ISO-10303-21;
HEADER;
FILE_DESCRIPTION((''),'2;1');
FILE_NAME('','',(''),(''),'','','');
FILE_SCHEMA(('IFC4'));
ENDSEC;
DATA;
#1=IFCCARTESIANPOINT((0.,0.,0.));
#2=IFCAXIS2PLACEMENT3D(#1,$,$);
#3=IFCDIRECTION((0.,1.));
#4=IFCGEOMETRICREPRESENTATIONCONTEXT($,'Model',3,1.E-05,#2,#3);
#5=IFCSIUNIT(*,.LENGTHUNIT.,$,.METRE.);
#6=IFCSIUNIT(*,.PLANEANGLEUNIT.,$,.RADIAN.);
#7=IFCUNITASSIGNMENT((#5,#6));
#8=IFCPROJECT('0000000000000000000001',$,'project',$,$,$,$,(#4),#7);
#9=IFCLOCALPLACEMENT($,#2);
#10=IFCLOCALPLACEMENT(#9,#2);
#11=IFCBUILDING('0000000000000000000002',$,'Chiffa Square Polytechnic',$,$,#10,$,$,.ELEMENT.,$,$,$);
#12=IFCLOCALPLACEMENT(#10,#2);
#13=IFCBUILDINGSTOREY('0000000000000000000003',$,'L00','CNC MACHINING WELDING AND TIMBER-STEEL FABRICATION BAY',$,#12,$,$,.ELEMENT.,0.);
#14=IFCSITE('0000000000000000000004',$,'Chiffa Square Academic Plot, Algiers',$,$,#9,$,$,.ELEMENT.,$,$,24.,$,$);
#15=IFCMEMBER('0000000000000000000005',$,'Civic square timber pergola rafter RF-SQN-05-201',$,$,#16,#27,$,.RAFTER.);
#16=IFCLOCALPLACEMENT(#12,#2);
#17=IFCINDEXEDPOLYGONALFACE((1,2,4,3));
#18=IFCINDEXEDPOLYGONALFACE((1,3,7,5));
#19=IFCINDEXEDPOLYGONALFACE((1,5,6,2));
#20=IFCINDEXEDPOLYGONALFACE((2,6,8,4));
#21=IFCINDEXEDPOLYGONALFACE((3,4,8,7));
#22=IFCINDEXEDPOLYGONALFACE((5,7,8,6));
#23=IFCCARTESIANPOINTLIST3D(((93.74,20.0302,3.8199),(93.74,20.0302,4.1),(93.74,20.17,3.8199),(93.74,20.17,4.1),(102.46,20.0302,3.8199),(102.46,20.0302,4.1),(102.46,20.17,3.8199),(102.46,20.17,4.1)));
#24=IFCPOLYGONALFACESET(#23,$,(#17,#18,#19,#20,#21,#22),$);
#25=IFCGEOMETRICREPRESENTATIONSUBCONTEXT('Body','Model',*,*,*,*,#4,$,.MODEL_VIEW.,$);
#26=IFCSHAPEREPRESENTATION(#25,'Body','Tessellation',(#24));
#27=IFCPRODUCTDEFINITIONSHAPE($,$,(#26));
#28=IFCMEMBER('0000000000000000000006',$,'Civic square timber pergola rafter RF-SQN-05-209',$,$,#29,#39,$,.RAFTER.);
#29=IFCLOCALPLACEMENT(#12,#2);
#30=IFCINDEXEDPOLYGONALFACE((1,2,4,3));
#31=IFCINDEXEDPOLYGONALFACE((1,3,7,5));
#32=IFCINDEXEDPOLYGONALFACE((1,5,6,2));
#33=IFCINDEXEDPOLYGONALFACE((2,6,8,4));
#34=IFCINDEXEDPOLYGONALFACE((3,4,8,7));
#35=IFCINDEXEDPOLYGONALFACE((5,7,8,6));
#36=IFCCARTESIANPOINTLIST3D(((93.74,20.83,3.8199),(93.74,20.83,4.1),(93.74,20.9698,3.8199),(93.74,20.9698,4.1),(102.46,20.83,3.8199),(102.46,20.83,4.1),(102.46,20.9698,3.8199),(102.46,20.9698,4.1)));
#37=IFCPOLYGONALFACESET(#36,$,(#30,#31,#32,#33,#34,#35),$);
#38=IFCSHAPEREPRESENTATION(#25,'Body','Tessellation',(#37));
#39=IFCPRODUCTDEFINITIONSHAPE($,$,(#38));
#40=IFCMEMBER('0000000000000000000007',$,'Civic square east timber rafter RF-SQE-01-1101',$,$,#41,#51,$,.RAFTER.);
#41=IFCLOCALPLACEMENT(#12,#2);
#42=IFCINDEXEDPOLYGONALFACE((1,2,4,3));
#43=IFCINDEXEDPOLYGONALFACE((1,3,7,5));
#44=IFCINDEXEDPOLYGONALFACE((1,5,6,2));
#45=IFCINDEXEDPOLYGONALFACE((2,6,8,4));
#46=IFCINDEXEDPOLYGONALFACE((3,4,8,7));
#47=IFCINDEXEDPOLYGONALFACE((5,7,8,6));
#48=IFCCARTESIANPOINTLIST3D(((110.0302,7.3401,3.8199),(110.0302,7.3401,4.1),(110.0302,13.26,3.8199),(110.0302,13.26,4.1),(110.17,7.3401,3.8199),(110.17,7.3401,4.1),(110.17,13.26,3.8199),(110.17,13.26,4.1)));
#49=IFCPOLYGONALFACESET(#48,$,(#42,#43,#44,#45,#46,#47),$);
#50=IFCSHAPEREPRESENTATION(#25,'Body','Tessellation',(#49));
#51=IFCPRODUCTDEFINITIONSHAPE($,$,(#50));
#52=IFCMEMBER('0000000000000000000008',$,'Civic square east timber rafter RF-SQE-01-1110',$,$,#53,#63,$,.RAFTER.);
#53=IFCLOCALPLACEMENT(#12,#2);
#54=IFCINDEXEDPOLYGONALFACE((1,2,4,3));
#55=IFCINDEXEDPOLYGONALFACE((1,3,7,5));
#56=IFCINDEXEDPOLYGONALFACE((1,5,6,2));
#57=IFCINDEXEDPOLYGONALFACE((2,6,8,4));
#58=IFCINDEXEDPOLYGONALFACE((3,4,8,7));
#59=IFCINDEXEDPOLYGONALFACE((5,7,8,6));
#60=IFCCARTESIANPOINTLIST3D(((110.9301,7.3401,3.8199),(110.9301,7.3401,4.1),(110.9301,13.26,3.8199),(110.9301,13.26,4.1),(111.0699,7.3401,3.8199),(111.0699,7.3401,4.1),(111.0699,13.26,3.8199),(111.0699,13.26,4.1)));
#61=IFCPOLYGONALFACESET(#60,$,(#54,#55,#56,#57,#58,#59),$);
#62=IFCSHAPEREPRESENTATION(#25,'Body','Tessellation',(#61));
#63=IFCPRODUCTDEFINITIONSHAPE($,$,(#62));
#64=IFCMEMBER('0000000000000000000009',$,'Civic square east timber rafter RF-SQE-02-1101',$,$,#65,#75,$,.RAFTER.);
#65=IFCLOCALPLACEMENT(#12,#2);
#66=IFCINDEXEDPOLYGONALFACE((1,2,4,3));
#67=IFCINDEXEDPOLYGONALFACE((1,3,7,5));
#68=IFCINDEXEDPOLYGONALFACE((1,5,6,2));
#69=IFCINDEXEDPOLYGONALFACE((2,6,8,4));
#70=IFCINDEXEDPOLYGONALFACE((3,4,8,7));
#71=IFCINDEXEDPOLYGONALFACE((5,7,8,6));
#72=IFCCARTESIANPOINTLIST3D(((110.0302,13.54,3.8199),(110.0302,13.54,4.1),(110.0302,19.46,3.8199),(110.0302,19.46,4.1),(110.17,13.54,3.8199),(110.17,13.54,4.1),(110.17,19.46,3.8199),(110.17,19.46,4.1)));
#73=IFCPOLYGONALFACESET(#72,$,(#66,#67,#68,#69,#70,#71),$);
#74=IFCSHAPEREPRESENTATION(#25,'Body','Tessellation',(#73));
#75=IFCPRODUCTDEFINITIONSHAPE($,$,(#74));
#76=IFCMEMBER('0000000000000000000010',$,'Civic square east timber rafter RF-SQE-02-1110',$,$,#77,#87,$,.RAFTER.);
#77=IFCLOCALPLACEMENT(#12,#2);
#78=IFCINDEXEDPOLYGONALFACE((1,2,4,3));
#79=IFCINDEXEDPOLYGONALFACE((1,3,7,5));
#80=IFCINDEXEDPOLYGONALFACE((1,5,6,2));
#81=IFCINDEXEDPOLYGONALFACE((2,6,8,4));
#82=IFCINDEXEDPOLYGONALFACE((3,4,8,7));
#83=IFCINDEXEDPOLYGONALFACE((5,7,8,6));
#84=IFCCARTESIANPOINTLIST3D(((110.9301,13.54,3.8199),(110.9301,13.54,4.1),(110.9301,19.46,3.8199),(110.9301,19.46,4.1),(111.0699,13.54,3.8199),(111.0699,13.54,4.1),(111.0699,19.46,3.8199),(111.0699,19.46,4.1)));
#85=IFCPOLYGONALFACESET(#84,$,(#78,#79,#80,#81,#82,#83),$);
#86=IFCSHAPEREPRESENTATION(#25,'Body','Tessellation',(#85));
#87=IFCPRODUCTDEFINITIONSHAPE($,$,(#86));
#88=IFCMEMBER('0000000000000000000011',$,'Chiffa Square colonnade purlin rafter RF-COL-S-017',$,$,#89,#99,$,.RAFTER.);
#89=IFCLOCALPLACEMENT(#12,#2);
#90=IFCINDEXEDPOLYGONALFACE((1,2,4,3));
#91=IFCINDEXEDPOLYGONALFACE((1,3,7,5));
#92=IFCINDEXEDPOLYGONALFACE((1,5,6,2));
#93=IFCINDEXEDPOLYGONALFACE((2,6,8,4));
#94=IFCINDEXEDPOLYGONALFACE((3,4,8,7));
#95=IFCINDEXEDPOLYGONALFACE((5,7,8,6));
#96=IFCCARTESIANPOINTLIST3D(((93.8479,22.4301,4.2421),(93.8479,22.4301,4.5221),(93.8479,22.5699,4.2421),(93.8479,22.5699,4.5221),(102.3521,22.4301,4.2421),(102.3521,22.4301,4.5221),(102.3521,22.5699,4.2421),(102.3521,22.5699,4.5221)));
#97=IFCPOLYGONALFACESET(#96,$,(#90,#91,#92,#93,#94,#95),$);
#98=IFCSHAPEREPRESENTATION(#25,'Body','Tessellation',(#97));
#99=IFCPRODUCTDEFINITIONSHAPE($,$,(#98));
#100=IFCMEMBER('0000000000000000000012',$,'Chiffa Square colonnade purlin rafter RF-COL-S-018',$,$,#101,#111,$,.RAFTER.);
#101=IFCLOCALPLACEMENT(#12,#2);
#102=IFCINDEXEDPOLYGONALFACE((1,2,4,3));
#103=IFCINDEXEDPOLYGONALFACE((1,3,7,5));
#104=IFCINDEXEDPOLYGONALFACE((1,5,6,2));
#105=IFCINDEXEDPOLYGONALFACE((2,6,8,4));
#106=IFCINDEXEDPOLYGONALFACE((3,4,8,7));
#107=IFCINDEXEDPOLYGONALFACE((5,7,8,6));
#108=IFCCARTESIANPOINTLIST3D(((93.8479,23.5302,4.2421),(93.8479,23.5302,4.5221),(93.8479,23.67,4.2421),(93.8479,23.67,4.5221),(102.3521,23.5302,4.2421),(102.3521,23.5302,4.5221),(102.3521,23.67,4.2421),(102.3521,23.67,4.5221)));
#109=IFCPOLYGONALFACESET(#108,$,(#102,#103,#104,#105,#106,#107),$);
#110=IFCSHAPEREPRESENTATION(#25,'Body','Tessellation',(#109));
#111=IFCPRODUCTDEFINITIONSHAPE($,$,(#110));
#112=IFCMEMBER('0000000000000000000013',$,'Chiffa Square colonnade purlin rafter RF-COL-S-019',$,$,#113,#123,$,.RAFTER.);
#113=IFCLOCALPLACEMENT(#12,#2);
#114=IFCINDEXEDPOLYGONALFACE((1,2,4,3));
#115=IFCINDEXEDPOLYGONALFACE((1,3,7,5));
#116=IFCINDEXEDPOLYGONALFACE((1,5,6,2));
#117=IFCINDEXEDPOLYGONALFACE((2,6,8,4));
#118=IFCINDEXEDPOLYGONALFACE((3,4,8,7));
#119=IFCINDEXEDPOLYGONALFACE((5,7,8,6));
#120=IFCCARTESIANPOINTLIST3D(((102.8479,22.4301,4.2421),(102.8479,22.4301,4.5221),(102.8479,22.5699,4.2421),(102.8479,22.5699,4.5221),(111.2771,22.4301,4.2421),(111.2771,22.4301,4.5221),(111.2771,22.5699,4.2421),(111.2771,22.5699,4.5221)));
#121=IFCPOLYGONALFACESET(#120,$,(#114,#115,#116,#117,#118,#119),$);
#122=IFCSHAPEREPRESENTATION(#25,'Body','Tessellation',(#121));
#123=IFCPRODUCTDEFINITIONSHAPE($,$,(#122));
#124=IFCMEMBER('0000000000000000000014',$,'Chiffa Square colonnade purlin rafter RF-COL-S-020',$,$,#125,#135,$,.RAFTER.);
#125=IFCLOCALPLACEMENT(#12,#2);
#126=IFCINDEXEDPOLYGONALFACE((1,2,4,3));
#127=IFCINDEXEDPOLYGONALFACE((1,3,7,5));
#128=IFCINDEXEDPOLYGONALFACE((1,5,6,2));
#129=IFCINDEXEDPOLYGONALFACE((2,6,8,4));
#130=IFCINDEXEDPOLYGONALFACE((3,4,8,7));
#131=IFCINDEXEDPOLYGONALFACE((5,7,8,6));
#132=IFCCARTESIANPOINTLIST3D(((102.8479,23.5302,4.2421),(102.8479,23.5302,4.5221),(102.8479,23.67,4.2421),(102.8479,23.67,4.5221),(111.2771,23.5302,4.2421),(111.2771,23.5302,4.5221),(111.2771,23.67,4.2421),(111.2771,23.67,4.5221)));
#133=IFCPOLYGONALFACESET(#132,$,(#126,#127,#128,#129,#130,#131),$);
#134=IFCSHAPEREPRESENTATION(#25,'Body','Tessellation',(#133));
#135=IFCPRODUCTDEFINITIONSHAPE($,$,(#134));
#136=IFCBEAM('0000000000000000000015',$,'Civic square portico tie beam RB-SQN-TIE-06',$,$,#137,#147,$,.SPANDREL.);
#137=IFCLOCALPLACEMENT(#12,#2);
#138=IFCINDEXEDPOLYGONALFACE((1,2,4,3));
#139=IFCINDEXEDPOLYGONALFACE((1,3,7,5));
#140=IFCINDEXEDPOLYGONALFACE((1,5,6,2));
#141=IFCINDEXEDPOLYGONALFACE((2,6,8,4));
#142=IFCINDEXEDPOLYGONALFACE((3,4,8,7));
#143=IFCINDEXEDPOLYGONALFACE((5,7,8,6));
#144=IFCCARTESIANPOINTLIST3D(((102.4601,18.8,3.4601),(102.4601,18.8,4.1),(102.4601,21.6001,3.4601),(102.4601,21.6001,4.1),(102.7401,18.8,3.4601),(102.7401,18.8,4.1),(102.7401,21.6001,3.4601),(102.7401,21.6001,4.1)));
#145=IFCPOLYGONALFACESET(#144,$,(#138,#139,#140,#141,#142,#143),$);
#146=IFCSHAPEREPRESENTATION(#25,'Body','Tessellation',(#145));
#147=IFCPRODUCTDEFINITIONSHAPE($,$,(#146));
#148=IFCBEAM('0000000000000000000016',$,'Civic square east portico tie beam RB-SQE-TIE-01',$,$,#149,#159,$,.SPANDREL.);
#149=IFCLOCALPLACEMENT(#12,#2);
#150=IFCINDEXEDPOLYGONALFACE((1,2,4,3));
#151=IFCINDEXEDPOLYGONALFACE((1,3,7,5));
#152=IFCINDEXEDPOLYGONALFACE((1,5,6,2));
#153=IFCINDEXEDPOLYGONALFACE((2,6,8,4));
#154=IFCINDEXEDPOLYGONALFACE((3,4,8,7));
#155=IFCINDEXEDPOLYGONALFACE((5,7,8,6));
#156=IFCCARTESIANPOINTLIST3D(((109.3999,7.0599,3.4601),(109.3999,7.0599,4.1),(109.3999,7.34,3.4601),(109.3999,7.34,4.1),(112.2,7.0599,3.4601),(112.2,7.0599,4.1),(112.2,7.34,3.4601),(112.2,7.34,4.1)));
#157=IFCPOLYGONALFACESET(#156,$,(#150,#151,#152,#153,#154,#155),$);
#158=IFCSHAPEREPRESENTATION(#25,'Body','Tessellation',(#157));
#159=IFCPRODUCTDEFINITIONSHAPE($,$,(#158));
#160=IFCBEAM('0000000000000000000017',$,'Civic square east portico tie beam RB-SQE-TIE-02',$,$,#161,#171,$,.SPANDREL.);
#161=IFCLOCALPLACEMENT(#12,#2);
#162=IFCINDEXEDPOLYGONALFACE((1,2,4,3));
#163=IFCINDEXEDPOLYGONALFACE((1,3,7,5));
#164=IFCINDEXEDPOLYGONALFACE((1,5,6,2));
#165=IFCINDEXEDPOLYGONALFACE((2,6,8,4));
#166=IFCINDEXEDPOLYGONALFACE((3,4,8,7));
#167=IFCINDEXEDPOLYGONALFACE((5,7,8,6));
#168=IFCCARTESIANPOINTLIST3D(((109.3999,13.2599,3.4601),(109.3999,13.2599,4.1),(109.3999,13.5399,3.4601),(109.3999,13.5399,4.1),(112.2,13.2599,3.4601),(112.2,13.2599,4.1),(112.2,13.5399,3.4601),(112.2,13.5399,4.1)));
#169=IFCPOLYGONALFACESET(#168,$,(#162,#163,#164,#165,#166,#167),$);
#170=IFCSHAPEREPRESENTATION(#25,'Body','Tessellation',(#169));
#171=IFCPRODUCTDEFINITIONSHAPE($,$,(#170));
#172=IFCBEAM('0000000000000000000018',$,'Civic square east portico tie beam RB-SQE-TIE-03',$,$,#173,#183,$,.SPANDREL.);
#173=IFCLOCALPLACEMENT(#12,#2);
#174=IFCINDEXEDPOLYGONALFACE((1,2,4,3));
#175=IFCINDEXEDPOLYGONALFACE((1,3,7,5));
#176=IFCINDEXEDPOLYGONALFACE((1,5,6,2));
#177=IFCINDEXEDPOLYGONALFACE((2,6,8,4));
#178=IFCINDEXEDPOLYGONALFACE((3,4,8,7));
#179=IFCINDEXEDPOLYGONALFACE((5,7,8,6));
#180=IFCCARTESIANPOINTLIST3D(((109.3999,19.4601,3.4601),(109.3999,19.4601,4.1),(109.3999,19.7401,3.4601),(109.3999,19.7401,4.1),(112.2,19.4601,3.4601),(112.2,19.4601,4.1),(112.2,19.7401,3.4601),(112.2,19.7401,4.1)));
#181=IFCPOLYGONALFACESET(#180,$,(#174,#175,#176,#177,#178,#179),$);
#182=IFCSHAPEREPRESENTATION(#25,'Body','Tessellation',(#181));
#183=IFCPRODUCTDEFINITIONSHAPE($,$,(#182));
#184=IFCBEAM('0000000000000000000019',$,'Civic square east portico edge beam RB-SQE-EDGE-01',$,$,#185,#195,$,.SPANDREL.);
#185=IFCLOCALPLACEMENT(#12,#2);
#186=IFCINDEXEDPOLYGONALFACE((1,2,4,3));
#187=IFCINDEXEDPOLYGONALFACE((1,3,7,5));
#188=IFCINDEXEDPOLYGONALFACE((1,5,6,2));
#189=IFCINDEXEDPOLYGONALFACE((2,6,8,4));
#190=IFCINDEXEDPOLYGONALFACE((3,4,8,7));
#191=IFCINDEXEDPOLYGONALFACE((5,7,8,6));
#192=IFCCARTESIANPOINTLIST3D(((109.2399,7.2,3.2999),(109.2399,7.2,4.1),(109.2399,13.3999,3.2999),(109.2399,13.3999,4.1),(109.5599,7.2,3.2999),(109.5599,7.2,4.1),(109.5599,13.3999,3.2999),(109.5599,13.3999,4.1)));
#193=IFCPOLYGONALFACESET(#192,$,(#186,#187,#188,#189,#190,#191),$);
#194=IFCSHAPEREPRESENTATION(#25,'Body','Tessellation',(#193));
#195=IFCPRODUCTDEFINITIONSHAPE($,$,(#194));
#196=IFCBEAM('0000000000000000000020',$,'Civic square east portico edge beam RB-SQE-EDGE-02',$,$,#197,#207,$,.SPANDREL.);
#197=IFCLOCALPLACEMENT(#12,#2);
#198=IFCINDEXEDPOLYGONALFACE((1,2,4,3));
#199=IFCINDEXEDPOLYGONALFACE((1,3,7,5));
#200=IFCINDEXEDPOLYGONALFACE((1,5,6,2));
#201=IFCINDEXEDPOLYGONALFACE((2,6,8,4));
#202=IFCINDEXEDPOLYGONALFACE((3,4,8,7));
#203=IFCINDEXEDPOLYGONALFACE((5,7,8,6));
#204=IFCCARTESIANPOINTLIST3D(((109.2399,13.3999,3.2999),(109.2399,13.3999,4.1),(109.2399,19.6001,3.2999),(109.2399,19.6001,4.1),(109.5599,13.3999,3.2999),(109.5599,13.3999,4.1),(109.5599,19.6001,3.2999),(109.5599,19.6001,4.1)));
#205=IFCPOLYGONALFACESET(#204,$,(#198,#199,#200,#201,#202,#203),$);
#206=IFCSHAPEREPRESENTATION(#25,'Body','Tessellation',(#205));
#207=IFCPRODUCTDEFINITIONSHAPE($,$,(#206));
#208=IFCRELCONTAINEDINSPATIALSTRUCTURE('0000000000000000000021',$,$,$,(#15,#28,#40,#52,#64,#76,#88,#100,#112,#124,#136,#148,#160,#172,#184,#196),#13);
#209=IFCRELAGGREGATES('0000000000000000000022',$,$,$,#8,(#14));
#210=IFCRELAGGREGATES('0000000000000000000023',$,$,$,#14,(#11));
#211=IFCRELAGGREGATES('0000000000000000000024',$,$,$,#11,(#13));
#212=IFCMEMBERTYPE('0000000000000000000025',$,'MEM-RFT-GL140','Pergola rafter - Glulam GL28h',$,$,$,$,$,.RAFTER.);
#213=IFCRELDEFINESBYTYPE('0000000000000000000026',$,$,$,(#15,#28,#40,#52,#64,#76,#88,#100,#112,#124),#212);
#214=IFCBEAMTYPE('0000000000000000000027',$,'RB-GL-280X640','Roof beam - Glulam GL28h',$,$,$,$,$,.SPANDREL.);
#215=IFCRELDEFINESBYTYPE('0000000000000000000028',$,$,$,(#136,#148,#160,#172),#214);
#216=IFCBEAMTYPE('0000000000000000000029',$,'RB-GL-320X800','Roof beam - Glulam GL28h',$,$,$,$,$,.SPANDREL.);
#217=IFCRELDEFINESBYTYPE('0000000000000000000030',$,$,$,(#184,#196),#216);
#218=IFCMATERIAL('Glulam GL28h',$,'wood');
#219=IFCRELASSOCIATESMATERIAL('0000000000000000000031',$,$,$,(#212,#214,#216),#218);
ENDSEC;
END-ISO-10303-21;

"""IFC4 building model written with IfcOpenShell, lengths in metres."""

from ifc_helpers import new_model, si_unit, direction, frame, origin, origin_2d, place, context, subcontext, project, spatial, rectangle, extrude, material, material_profile, profile_set, type_object, element, save


model = new_model("IFC4")

# Units and contexts
model_context = context("Model", 3, precision=1e-05, world=origin(), true_north=direction((0.0, 1.0)))
body_context = subcontext(model_context, "Body", "Model", "MODEL_VIEW")
ifc_project = project(units=[si_unit("LENGTHUNIT", "METRE"), si_unit("PLANEANGLEUNIT", "RADIAN")], contexts=[model_context])

# Site, building, storey
site_placement = place(None, origin())
site = spatial("IfcSite", under=ifc_project, at=site_placement, Name="Chiffa Square Academic Plot, Algiers", CompositionType="ELEMENT", RefElevation=24.0)
building_placement = place(site_placement, origin())
building = spatial("IfcBuilding", under=site, at=building_placement, Name="Chiffa Square Polytechnic", CompositionType="ELEMENT")
storey_placement = place(building_placement, origin())
storey = spatial("IfcBuildingStorey", under=building, at=storey_placement, Name="L00", Description="CNC MACHINING WELDING AND TIMBER-STEEL FABRICATION BAY", CompositionType="ELEMENT", Elevation=0.0)

# Members
ifc_material_1 = material(Name="Glulam GL28h", Category="wood")
ifc_material_profile_1 = material_profile(ifc_material_1, rectangle(XDim=0.1399, YDim=0.28, at=origin_2d()), Name="GL28h 140x280")
ifc_profile_set_1 = profile_set([ifc_material_profile_1], Name="Glulam GL28h")
member_type = type_object("IfcMemberType", Name="MEM-RFT-GL140", Description="Pergola rafter - Glulam GL28h", PredefinedType="RAFTER", material=ifc_profile_set_1)
for number, where, z_axis, x_axis, name in (
    (1, (93.74, 20.1001, 3.96), (1.0, 0.0, 0.0), (0.0, 1.0, 0.0), "Civic square timber pergola rafter RF-SQN-05-201"),
    (2, (93.74, 20.8999, 3.96), (1.0, 0.0, 0.0), (0.0, 1.0, 0.0), "Civic square timber pergola rafter RF-SQN-05-209"),
):
    element("IfcMember", number, at=place(storey_placement, frame(where, z_axis=z_axis, x_axis=x_axis)), inside=storey, type_object=member_type, Name=name, PredefinedType="RAFTER", context=body_context, shape_type="SweptSolid", body=[
        extrude(rectangle(XDim=0.1399, YDim=0.28, at=origin_2d()), origin(), (0.0, 0.0, 1.0), 8.72),
    ])
for number, where, z_axis, x_axis, name in (
    (3, (110.1001, 7.3401, 3.96), (0.0, 1.0, 0.0), (-1.0, 0.0, 0.0), "Civic square east timber rafter RF-SQE-01-1101"),
    (4, (111.0, 7.3401, 3.96), (0.0, 1.0, 0.0), (-1.0, 0.0, 0.0), "Civic square east timber rafter RF-SQE-01-1110"),
    (5, (110.1001, 13.54, 3.96), (0.0, 1.0, 0.0), (-1.0, 0.0, 0.0), "Civic square east timber rafter RF-SQE-02-1101"),
    (6, (111.0, 13.54, 3.96), (0.0, 1.0, 0.0), (-1.0, 0.0, 0.0), "Civic square east timber rafter RF-SQE-02-1110"),
):
    element("IfcMember", number, at=place(storey_placement, frame(where, z_axis=z_axis, x_axis=x_axis)), inside=storey, type_object=member_type, Name=name, PredefinedType="RAFTER", context=body_context, shape_type="SweptSolid", body=[
        extrude(rectangle(XDim=0.1399, YDim=0.28, at=origin_2d()), origin(), (0.0, 0.0, 1.0), 5.9199),
    ])
for number, where, z_axis, x_axis, name in (
    (7, (93.8479, 22.5, 4.3821), (1.0, 0.0, 0.0), (0.0, 1.0, 0.0), "Chiffa Square colonnade purlin rafter RF-COL-S-017"),
    (8, (93.8479, 23.6001, 4.3821), (1.0, 0.0, 0.0), (0.0, 1.0, 0.0), "Chiffa Square colonnade purlin rafter RF-COL-S-018"),
):
    element("IfcMember", number, at=place(storey_placement, frame(where, z_axis=z_axis, x_axis=x_axis)), inside=storey, type_object=member_type, Name=name, PredefinedType="RAFTER", context=body_context, shape_type="SweptSolid", body=[
        extrude(rectangle(XDim=0.1399, YDim=0.28, at=origin_2d()), origin(), (0.0, 0.0, 1.0), 8.5042),
    ])
for number, where, z_axis, x_axis, name in (
    (9, (102.8479, 22.5, 4.3821), (1.0, 0.0, 0.0), (0.0, 1.0, 0.0), "Chiffa Square colonnade purlin rafter RF-COL-S-019"),
    (10, (102.8479, 23.6001, 4.3821), (1.0, 0.0, 0.0), (0.0, 1.0, 0.0), "Chiffa Square colonnade purlin rafter RF-COL-S-020"),
):
    element("IfcMember", number, at=place(storey_placement, frame(where, z_axis=z_axis, x_axis=x_axis)), inside=storey, type_object=member_type, Name=name, PredefinedType="RAFTER", context=body_context, shape_type="SweptSolid", body=[
        extrude(rectangle(XDim=0.1399, YDim=0.28, at=origin_2d()), origin(), (0.0, 0.0, 1.0), 8.4292),
    ])

# Beams
ifc_material_profile_2 = material_profile(ifc_material_1, rectangle(XDim=0.28, YDim=0.6399, at=origin_2d()), Name="GL28h 280x640")
ifc_profile_set_2 = profile_set([ifc_material_profile_2], Name="Glulam GL28h")
beam_type_1 = type_object("IfcBeamType", Name="RB-GL-280X640", Description="Roof beam - Glulam GL28h", PredefinedType="SPANDREL", material=ifc_profile_set_2)
for number, where, z_axis, x_axis, name in (
    (11, (102.6001, 18.8, 3.78), (0.0, 1.0, 0.0), (-1.0, 0.0, 0.0), "Civic square portico tie beam RB-SQN-TIE-06"),
    (12, (109.3999, 7.2, 3.78), (1.0, 0.0, 0.0), (0.0, 1.0, 0.0), "Civic square east portico tie beam RB-SQE-TIE-01"),
    (13, (109.3999, 13.3999, 3.78), (1.0, 0.0, 0.0), (0.0, 1.0, 0.0), "Civic square east portico tie beam RB-SQE-TIE-02"),
    (14, (109.3999, 19.6001, 3.78), (1.0, 0.0, 0.0), (0.0, 1.0, 0.0), "Civic square east portico tie beam RB-SQE-TIE-03"),
):
    element("IfcBeam", number, at=place(storey_placement, frame(where, z_axis=z_axis, x_axis=x_axis)), inside=storey, type_object=beam_type_1, Name=name, PredefinedType="SPANDREL", context=body_context, shape_type="SweptSolid", body=[
        extrude(rectangle(XDim=0.28, YDim=0.6399, at=origin_2d()), origin(), (0.0, 0.0, 1.0), 2.8),
    ])
ifc_material_profile_3 = material_profile(ifc_material_1, rectangle(XDim=0.3201, YDim=0.8, at=origin_2d()), Name="GL28h 320x800")
ifc_profile_set_3 = profile_set([ifc_material_profile_3], Name="Glulam GL28h")
beam_type_2 = type_object("IfcBeamType", Name="RB-GL-320X800", Description="Roof beam - Glulam GL28h", PredefinedType="SPANDREL", material=ifc_profile_set_3)
beam_1_placement = place(storey_placement, frame((109.3999, 7.2, 3.7), z_axis=(0.0, 1.0, 0.0), x_axis=(-1.0, 0.0, 0.0)))
element("IfcBeam", 15, at=beam_1_placement, inside=storey, type_object=beam_type_2, Name="Civic square east portico edge beam RB-SQE-EDGE-01", PredefinedType="SPANDREL", context=body_context, shape_type="SweptSolid", body=[
    extrude(rectangle(XDim=0.3201, YDim=0.8, at=origin_2d()), origin(), (0.0, 0.0, 1.0), 6.2),
])
beam_2_placement = place(storey_placement, frame((109.3999, 13.3999, 3.7), z_axis=(0.0, 1.0, 0.0), x_axis=(-1.0, 0.0, 0.0)))
element("IfcBeam", 16, at=beam_2_placement, inside=storey, type_object=beam_type_2, Name="Civic square east portico edge beam RB-SQE-EDGE-02", PredefinedType="SPANDREL", context=body_context, shape_type="SweptSolid", body=[
    extrude(rectangle(XDim=0.3201, YDim=0.8, at=origin_2d()), origin(), (0.0, 0.0, 1.0), 6.2002),
])

save(model, "model.ifc")
